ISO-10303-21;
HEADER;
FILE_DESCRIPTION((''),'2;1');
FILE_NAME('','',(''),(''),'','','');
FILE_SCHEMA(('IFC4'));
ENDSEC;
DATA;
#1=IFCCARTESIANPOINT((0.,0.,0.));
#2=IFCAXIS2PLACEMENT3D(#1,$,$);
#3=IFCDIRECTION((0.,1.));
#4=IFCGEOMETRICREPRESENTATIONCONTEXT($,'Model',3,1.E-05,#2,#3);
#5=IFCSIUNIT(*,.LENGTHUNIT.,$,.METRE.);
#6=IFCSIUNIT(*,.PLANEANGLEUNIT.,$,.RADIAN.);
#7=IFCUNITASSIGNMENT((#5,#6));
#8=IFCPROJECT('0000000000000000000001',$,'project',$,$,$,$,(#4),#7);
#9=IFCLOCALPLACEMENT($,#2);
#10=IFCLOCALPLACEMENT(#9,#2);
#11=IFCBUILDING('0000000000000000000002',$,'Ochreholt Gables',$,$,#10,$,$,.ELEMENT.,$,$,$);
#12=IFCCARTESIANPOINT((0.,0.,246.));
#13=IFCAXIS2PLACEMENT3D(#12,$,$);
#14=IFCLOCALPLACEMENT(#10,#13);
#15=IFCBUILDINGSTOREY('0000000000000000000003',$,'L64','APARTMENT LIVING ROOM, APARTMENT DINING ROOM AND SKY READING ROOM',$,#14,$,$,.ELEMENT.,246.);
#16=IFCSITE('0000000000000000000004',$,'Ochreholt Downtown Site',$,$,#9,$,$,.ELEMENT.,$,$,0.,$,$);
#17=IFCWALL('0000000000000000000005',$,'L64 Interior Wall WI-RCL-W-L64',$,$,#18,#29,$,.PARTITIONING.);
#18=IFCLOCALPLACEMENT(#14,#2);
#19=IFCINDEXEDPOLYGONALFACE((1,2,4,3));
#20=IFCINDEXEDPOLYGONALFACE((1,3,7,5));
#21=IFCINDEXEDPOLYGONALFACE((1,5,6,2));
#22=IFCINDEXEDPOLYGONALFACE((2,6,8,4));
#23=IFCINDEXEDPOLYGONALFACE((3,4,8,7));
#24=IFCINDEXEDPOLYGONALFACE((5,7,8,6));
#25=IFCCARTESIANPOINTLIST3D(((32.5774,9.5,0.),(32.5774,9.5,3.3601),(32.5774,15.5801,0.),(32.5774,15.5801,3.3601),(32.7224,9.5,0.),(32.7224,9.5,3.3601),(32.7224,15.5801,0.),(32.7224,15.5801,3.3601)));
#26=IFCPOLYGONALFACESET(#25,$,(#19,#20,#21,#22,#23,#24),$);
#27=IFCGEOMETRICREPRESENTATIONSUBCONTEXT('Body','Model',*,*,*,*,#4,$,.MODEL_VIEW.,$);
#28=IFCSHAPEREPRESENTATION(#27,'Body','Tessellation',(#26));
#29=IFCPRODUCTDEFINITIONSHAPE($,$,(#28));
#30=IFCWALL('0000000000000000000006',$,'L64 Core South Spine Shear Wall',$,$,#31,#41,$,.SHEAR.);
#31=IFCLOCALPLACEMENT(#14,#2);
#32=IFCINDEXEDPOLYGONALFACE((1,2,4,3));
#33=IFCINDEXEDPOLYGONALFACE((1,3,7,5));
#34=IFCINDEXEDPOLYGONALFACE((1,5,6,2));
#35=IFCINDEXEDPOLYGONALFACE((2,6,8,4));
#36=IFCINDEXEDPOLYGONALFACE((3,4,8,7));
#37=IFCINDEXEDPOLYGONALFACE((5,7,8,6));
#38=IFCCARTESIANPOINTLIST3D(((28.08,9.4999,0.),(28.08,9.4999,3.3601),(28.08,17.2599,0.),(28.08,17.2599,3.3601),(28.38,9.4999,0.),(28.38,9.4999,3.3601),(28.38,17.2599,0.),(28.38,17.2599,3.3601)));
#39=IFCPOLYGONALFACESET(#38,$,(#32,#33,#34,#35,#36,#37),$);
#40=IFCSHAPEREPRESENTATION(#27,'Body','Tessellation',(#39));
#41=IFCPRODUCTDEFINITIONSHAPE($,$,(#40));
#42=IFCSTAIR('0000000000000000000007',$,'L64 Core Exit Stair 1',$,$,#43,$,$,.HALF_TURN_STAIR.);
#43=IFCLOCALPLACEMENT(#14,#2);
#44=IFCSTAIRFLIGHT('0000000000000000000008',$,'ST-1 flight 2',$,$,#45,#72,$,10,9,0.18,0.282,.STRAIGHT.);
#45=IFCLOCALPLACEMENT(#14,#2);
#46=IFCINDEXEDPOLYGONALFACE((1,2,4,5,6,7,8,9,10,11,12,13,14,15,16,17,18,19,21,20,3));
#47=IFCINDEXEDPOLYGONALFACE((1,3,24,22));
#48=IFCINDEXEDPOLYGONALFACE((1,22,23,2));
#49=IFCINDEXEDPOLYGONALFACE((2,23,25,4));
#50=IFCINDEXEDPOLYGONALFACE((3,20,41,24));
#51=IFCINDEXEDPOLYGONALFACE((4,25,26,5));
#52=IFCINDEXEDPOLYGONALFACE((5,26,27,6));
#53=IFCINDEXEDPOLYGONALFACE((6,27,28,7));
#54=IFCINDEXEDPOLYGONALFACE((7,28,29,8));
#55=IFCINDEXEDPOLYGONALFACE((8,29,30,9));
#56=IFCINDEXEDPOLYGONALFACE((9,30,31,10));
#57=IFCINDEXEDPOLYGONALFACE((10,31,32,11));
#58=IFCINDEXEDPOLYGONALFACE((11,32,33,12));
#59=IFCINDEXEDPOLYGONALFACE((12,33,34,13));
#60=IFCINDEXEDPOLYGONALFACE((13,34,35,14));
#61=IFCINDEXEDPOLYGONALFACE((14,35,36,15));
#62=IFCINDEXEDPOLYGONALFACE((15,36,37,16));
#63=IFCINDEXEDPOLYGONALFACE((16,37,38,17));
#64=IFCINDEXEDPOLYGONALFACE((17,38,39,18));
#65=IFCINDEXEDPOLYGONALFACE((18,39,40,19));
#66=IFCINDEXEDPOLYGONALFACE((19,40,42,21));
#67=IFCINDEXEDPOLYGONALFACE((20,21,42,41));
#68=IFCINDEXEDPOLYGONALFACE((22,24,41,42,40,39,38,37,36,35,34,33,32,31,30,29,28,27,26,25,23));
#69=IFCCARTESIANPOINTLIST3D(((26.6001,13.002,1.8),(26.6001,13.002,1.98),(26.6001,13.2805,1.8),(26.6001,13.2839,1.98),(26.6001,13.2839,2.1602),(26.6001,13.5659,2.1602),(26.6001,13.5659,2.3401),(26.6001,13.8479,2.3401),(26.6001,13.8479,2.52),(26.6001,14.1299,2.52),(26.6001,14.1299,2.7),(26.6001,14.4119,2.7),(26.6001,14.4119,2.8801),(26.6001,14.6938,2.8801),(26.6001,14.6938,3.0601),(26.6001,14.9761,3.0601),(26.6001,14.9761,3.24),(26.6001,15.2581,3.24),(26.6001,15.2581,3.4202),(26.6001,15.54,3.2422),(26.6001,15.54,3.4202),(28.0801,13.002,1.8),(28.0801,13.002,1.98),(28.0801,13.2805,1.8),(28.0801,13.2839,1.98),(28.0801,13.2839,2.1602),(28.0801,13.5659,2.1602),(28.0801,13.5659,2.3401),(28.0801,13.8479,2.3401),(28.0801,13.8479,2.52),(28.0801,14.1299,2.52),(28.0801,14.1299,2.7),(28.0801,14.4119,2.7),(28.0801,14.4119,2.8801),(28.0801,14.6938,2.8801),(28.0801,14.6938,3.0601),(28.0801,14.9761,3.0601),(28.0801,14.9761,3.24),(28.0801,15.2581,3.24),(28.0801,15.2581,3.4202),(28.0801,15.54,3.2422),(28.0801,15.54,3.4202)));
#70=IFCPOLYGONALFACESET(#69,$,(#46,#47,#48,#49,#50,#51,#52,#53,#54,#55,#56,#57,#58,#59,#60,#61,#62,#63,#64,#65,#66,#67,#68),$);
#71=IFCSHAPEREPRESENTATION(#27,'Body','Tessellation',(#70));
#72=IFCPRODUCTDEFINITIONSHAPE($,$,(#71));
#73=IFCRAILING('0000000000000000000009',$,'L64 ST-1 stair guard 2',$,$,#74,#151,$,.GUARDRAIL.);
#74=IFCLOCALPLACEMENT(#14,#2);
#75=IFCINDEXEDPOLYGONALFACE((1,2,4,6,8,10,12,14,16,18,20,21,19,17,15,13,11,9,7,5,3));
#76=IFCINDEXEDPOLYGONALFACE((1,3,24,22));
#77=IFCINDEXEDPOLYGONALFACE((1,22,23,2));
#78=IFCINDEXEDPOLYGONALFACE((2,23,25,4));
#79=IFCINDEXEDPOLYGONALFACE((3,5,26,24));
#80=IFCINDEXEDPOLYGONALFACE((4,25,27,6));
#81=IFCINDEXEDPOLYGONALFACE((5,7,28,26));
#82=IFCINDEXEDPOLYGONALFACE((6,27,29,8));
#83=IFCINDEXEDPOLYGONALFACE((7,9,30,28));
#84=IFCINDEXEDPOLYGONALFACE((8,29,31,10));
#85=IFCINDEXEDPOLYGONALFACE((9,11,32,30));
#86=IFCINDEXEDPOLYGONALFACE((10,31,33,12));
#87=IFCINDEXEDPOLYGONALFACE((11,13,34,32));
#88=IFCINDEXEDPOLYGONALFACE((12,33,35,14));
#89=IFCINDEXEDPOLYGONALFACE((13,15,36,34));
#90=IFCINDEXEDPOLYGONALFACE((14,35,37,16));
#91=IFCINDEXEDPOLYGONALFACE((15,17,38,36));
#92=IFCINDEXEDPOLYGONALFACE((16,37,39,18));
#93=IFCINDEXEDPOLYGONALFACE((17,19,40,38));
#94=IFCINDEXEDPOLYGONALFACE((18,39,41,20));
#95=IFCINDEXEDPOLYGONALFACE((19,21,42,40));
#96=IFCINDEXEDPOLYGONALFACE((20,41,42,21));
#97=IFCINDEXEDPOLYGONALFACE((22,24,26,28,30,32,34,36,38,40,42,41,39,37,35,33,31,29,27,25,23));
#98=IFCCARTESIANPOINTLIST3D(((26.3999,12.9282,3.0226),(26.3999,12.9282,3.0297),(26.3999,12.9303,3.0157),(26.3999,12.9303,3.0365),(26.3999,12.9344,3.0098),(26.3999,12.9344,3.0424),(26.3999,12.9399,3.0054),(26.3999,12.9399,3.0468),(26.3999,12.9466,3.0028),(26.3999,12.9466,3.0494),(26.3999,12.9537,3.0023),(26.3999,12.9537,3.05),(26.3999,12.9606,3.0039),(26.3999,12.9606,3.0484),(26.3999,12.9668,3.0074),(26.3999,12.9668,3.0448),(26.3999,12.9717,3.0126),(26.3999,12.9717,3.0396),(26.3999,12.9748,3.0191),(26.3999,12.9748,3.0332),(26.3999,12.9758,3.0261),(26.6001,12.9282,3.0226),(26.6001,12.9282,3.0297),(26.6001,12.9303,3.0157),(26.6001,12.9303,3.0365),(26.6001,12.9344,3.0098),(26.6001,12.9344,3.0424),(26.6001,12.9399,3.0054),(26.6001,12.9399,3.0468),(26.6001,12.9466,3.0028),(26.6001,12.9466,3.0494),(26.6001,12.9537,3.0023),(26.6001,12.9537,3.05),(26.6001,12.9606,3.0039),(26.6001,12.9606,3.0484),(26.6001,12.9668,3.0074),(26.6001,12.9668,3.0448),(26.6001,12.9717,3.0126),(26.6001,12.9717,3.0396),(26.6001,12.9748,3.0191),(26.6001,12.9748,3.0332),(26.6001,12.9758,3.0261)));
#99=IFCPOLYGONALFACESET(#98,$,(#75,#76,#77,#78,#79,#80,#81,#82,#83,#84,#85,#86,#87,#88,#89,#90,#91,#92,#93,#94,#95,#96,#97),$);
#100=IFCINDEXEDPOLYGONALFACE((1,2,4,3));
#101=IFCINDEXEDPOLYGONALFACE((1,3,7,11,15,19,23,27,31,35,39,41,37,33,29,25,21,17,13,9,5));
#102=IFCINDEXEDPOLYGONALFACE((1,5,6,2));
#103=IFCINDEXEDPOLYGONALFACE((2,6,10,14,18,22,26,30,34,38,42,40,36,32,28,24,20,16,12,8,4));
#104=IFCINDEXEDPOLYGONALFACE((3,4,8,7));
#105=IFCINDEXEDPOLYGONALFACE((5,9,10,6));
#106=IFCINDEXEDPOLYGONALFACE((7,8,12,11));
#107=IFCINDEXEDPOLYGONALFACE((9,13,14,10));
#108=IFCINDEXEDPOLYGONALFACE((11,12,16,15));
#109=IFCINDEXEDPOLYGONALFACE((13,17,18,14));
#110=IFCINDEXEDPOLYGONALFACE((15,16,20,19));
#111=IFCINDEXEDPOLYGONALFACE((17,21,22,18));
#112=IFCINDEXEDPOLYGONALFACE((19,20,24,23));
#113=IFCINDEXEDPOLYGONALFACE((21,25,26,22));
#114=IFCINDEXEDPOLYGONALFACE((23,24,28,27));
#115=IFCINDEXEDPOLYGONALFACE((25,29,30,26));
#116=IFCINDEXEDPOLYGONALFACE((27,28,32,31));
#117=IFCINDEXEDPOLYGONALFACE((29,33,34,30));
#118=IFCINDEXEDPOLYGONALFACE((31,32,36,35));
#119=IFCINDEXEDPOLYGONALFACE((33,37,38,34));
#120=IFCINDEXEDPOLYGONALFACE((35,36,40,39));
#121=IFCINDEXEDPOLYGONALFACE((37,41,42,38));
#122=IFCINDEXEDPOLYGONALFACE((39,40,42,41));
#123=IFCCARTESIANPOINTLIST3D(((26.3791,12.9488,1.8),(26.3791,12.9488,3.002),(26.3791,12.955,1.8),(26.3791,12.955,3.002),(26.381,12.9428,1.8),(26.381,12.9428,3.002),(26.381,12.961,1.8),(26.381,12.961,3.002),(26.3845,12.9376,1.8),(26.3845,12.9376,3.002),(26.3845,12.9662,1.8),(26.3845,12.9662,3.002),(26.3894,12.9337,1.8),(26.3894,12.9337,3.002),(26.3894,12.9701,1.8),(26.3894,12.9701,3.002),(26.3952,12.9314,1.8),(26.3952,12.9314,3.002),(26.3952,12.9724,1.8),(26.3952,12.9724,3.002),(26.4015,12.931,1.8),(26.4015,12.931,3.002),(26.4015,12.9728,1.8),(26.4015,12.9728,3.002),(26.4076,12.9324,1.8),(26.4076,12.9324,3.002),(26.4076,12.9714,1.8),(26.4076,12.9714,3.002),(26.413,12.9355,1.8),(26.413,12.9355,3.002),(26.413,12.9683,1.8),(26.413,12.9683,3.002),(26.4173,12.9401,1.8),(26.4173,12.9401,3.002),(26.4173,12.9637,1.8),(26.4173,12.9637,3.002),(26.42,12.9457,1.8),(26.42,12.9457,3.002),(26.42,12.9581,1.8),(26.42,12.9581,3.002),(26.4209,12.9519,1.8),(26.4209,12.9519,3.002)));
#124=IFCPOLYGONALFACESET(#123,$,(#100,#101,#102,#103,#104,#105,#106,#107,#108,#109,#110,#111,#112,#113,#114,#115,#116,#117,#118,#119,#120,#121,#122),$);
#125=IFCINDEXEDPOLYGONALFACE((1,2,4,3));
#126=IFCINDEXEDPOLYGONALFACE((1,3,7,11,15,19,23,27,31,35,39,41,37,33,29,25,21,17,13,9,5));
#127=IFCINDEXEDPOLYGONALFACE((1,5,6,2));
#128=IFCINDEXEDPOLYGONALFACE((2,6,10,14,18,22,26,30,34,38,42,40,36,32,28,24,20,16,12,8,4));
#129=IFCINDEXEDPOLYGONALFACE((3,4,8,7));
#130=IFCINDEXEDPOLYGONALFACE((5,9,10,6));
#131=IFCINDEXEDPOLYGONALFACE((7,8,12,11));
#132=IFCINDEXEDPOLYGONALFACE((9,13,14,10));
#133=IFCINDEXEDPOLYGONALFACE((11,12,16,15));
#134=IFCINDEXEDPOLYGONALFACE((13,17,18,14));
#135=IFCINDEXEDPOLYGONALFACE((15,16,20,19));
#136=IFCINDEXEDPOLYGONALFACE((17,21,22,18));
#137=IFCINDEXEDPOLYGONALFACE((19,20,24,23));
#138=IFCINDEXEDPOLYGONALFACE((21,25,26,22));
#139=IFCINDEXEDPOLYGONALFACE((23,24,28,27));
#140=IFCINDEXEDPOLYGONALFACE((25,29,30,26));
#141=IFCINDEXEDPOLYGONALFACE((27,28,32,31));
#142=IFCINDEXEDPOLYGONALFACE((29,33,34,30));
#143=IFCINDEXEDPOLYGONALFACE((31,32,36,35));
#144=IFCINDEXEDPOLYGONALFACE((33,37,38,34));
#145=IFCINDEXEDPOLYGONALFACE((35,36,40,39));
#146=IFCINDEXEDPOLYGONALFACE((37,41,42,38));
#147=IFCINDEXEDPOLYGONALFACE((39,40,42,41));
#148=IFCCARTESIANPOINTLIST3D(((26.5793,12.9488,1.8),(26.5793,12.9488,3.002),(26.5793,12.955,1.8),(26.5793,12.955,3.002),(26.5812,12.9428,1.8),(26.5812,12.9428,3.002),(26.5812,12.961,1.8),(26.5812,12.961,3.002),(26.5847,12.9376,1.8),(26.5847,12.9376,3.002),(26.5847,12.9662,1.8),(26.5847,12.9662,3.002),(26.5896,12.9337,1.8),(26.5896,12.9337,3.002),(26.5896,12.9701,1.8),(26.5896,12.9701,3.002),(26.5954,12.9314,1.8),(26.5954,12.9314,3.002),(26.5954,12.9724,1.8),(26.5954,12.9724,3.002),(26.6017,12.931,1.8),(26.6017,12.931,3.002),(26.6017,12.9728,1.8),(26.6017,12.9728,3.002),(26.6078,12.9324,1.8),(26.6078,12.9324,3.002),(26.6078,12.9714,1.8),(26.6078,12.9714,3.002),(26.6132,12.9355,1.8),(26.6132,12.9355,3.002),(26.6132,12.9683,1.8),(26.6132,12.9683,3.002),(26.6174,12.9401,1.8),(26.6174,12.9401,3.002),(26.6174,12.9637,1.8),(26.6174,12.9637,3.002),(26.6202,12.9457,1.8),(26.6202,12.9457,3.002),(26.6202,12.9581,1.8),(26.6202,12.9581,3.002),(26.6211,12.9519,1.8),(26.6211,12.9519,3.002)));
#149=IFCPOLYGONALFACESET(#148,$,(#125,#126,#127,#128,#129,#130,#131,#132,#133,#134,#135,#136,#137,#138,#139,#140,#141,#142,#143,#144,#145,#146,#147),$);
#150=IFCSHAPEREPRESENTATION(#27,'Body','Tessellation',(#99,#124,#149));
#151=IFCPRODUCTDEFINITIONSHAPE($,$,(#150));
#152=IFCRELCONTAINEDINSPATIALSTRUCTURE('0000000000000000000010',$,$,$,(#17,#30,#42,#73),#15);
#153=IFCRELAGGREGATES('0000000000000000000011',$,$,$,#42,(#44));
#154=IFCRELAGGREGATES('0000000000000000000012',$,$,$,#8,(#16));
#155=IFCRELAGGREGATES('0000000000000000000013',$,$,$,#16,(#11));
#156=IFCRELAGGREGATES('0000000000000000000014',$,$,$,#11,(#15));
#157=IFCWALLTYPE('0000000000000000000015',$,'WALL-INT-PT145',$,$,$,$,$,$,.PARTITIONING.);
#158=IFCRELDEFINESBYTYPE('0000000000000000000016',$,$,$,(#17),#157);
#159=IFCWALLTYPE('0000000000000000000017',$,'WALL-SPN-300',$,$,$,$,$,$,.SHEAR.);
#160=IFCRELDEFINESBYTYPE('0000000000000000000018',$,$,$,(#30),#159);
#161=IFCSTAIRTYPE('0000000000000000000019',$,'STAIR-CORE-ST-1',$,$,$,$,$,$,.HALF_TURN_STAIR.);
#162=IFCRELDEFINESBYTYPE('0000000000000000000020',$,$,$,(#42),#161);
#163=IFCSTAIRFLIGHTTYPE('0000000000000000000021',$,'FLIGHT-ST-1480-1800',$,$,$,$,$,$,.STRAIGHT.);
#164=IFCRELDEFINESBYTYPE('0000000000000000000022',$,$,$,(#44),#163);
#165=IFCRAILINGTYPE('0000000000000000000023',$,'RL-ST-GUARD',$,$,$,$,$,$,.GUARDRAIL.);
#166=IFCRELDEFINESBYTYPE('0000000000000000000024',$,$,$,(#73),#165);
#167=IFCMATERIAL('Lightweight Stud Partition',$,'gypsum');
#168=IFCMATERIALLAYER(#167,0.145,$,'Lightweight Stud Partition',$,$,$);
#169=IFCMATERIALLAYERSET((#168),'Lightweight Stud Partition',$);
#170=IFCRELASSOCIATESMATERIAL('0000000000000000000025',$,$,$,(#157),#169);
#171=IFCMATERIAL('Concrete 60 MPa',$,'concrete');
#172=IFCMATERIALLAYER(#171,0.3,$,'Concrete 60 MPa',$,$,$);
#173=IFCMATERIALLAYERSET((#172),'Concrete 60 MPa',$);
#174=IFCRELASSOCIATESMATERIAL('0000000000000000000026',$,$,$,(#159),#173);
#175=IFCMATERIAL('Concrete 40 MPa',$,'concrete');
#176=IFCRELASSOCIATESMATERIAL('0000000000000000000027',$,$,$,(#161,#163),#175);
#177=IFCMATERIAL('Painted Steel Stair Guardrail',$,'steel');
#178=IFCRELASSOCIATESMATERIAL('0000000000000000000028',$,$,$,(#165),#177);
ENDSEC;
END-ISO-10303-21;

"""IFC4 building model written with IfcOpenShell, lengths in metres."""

from ifc_helpers import new_model, si_unit, direction, frame, frame_2d, origin, origin_2d, place, context, subcontext, project, spatial, polyline, rectangle, circle, outline, extrude, material, layer, layer_set, type_object, element, aggregate, save


model = new_model("IFC4")

# Units and contexts
model_context = context("Model", 3, precision=1e-05, world=origin(), true_north=direction((0.0, 1.0)))
body_context = subcontext(model_context, "Body", "Model", "MODEL_VIEW")
ifc_project = project(units=[si_unit("LENGTHUNIT", "METRE"), si_unit("PLANEANGLEUNIT", "RADIAN")], contexts=[model_context])

# Site, building, storey
site_placement = place(None, origin())
site = spatial("IfcSite", under=ifc_project, at=site_placement, Name="Ochreholt Downtown Site", CompositionType="ELEMENT", RefElevation=0.0)
building_placement = place(site_placement, origin())
building = spatial("IfcBuilding", under=site, at=building_placement, Name="Ochreholt Gables", CompositionType="ELEMENT")
storey_placement = place(building_placement, frame((0.0, 0.0, 246.0)))
storey = spatial("IfcBuildingStorey", under=building, at=storey_placement, Name="L64", Description="APARTMENT LIVING ROOM, APARTMENT DINING ROOM AND SKY READING ROOM", CompositionType="ELEMENT", Elevation=246.0)

# Walls
ifc_material_1 = material(Name="Lightweight Stud Partition", Category="gypsum")
ifc_layer_1 = layer(ifc_material_1, 0.145, Name="Lightweight Stud Partition")
ifc_layer_set_1 = layer_set([ifc_layer_1], Name="Lightweight Stud Partition")
wall_type_1 = type_object("IfcWallType", Name="WALL-INT-PT145", PredefinedType="PARTITIONING", material=ifc_layer_set_1)
wall_1_placement = place(storey_placement, frame((32.6499, 9.5, 0.0), z_axis=(0.0, 0.0, 1.0), x_axis=(0.0, 1.0, 0.0)))
element("IfcWall", 1, at=wall_1_placement, inside=storey, type_object=wall_type_1, Name="L64 Interior Wall WI-RCL-W-L64", PredefinedType="PARTITIONING", context=body_context, shape_type="SweptSolid", body=[
    extrude(rectangle(XDim=6.0801, YDim=0.145, at=frame_2d((3.04, 0.0))), origin(), (0.0, 0.0, 1.0), 3.3601),
])
ifc_material_2 = material(Name="Concrete 60 MPa", Category="concrete")
ifc_layer_2 = layer(ifc_material_2, 0.3, Name="Concrete 60 MPa")
ifc_layer_set_2 = layer_set([ifc_layer_2], Name="Concrete 60 MPa")
wall_type_2 = type_object("IfcWallType", Name="WALL-SPN-300", PredefinedType="SHEAR", material=ifc_layer_set_2)
wall_2_placement = place(storey_placement, frame((28.23, 9.5, 0.0), z_axis=(0.0, 0.0, 1.0), x_axis=(0.0, 1.0, 0.0)))
element("IfcWall", 2, at=wall_2_placement, inside=storey, type_object=wall_type_2, Name="L64 Core South Spine Shear Wall", PredefinedType="SHEAR", context=body_context, shape_type="SweptSolid", body=[
    extrude(rectangle(XDim=7.76, YDim=0.3, at=frame_2d((3.8799, 0.0))), origin(), (0.0, 0.0, 1.0), 3.3601),
])

# Stair, stair flight
ifc_material_3 = material(Name="Concrete 40 MPa", Category="concrete")
stair_type = type_object("IfcStairType", Name="STAIR-CORE-ST-1", PredefinedType="HALF_TURN_STAIR", material=ifc_material_3)
stair_placement = place(storey_placement, origin())
stair = element("IfcStair", 3, at=stair_placement, inside=storey, type_object=stair_type, Name="L64 Core Exit Stair 1", PredefinedType="HALF_TURN_STAIR")
stair_flight_type = type_object("IfcStairFlightType", Name="FLIGHT-ST-1480-1800", PredefinedType="STRAIGHT", material=ifc_material_3)
stair_flight_placement = place(storey_placement, frame((27.3401, 13.002, 1.8), z_axis=(0.0, 0.0, 1.0), x_axis=(0.0, 1.0, 0.0)))
stair_flight = element("IfcStairFlight", 4, at=stair_flight_placement, type_object=stair_flight_type, Name="ST-1 flight 2", NumberOfRisers=10, NumberOfTreads=9, PredefinedType="STRAIGHT", RiserHeight=0.18, TreadLength=0.282, context=body_context, shape_type="SweptSolid", body=[
    extrude(outline(polyline([(0.0, 0.0), (0.0, 0.1799), (0.282, 0.1799), (0.282, 0.3601), (0.564, 0.3601), (0.564, 0.54), (0.8459, 0.54), (0.8459, 0.72), (1.1279, 0.72), (1.1279, 0.8999), (1.4099, 0.8999), (1.4099, 1.0801), (1.6919, 1.0801), (1.6919, 1.26), (1.9741, 1.26), (1.9741, 1.4399), (2.2561, 1.4399), (2.2561, 1.6201), (2.5381, 1.6201), (2.5381, 1.8), (2.5381, 1.4421), (0.2786, 0.0), (0.0, 0.0)])), frame((0.0, 0.74, 0.0), z_axis=(0.0, -1.0, 0.0), x_axis=(1.0, 0.0, 0.0)), (0.0, 0.0, 1.0), 1.48),
])
aggregate(stair, [stair_flight])

# Railing
ifc_material_4 = material(Name="Painted Steel Stair Guardrail", Category="steel")
railing_type = type_object("IfcRailingType", Name="RL-ST-GUARD", PredefinedType="GUARDRAIL", material=ifc_material_4)
railing_1_placement = place(storey_placement, frame((26.3999, 12.9519, 1.8)))
element("IfcRailing", 5, at=railing_1_placement, inside=storey, type_object=railing_type, Name="L64 ST-1 stair guard 2", PredefinedType="GUARDRAIL", context=body_context, shape_type="SweptSolid", body=[
    extrude(circle(Radius=0.0239, at=origin_2d()), frame((0.0, 0.0, 1.2261), z_axis=(1.0, 0.0, 0.0), x_axis=(0.0, 1.0, 0.0)), (0.0, 0.0, 1.0), 0.2002),
    extrude(circle(Radius=0.021, at=origin_2d()), origin(), (0.0, 0.0, 1.0), 1.2019),
    extrude(circle(Radius=0.021, at=origin_2d()), frame((0.2002, 0.0, 0.0)), (0.0, 0.0, 1.0), 1.2019),
])

save(model, "model.ifc")
